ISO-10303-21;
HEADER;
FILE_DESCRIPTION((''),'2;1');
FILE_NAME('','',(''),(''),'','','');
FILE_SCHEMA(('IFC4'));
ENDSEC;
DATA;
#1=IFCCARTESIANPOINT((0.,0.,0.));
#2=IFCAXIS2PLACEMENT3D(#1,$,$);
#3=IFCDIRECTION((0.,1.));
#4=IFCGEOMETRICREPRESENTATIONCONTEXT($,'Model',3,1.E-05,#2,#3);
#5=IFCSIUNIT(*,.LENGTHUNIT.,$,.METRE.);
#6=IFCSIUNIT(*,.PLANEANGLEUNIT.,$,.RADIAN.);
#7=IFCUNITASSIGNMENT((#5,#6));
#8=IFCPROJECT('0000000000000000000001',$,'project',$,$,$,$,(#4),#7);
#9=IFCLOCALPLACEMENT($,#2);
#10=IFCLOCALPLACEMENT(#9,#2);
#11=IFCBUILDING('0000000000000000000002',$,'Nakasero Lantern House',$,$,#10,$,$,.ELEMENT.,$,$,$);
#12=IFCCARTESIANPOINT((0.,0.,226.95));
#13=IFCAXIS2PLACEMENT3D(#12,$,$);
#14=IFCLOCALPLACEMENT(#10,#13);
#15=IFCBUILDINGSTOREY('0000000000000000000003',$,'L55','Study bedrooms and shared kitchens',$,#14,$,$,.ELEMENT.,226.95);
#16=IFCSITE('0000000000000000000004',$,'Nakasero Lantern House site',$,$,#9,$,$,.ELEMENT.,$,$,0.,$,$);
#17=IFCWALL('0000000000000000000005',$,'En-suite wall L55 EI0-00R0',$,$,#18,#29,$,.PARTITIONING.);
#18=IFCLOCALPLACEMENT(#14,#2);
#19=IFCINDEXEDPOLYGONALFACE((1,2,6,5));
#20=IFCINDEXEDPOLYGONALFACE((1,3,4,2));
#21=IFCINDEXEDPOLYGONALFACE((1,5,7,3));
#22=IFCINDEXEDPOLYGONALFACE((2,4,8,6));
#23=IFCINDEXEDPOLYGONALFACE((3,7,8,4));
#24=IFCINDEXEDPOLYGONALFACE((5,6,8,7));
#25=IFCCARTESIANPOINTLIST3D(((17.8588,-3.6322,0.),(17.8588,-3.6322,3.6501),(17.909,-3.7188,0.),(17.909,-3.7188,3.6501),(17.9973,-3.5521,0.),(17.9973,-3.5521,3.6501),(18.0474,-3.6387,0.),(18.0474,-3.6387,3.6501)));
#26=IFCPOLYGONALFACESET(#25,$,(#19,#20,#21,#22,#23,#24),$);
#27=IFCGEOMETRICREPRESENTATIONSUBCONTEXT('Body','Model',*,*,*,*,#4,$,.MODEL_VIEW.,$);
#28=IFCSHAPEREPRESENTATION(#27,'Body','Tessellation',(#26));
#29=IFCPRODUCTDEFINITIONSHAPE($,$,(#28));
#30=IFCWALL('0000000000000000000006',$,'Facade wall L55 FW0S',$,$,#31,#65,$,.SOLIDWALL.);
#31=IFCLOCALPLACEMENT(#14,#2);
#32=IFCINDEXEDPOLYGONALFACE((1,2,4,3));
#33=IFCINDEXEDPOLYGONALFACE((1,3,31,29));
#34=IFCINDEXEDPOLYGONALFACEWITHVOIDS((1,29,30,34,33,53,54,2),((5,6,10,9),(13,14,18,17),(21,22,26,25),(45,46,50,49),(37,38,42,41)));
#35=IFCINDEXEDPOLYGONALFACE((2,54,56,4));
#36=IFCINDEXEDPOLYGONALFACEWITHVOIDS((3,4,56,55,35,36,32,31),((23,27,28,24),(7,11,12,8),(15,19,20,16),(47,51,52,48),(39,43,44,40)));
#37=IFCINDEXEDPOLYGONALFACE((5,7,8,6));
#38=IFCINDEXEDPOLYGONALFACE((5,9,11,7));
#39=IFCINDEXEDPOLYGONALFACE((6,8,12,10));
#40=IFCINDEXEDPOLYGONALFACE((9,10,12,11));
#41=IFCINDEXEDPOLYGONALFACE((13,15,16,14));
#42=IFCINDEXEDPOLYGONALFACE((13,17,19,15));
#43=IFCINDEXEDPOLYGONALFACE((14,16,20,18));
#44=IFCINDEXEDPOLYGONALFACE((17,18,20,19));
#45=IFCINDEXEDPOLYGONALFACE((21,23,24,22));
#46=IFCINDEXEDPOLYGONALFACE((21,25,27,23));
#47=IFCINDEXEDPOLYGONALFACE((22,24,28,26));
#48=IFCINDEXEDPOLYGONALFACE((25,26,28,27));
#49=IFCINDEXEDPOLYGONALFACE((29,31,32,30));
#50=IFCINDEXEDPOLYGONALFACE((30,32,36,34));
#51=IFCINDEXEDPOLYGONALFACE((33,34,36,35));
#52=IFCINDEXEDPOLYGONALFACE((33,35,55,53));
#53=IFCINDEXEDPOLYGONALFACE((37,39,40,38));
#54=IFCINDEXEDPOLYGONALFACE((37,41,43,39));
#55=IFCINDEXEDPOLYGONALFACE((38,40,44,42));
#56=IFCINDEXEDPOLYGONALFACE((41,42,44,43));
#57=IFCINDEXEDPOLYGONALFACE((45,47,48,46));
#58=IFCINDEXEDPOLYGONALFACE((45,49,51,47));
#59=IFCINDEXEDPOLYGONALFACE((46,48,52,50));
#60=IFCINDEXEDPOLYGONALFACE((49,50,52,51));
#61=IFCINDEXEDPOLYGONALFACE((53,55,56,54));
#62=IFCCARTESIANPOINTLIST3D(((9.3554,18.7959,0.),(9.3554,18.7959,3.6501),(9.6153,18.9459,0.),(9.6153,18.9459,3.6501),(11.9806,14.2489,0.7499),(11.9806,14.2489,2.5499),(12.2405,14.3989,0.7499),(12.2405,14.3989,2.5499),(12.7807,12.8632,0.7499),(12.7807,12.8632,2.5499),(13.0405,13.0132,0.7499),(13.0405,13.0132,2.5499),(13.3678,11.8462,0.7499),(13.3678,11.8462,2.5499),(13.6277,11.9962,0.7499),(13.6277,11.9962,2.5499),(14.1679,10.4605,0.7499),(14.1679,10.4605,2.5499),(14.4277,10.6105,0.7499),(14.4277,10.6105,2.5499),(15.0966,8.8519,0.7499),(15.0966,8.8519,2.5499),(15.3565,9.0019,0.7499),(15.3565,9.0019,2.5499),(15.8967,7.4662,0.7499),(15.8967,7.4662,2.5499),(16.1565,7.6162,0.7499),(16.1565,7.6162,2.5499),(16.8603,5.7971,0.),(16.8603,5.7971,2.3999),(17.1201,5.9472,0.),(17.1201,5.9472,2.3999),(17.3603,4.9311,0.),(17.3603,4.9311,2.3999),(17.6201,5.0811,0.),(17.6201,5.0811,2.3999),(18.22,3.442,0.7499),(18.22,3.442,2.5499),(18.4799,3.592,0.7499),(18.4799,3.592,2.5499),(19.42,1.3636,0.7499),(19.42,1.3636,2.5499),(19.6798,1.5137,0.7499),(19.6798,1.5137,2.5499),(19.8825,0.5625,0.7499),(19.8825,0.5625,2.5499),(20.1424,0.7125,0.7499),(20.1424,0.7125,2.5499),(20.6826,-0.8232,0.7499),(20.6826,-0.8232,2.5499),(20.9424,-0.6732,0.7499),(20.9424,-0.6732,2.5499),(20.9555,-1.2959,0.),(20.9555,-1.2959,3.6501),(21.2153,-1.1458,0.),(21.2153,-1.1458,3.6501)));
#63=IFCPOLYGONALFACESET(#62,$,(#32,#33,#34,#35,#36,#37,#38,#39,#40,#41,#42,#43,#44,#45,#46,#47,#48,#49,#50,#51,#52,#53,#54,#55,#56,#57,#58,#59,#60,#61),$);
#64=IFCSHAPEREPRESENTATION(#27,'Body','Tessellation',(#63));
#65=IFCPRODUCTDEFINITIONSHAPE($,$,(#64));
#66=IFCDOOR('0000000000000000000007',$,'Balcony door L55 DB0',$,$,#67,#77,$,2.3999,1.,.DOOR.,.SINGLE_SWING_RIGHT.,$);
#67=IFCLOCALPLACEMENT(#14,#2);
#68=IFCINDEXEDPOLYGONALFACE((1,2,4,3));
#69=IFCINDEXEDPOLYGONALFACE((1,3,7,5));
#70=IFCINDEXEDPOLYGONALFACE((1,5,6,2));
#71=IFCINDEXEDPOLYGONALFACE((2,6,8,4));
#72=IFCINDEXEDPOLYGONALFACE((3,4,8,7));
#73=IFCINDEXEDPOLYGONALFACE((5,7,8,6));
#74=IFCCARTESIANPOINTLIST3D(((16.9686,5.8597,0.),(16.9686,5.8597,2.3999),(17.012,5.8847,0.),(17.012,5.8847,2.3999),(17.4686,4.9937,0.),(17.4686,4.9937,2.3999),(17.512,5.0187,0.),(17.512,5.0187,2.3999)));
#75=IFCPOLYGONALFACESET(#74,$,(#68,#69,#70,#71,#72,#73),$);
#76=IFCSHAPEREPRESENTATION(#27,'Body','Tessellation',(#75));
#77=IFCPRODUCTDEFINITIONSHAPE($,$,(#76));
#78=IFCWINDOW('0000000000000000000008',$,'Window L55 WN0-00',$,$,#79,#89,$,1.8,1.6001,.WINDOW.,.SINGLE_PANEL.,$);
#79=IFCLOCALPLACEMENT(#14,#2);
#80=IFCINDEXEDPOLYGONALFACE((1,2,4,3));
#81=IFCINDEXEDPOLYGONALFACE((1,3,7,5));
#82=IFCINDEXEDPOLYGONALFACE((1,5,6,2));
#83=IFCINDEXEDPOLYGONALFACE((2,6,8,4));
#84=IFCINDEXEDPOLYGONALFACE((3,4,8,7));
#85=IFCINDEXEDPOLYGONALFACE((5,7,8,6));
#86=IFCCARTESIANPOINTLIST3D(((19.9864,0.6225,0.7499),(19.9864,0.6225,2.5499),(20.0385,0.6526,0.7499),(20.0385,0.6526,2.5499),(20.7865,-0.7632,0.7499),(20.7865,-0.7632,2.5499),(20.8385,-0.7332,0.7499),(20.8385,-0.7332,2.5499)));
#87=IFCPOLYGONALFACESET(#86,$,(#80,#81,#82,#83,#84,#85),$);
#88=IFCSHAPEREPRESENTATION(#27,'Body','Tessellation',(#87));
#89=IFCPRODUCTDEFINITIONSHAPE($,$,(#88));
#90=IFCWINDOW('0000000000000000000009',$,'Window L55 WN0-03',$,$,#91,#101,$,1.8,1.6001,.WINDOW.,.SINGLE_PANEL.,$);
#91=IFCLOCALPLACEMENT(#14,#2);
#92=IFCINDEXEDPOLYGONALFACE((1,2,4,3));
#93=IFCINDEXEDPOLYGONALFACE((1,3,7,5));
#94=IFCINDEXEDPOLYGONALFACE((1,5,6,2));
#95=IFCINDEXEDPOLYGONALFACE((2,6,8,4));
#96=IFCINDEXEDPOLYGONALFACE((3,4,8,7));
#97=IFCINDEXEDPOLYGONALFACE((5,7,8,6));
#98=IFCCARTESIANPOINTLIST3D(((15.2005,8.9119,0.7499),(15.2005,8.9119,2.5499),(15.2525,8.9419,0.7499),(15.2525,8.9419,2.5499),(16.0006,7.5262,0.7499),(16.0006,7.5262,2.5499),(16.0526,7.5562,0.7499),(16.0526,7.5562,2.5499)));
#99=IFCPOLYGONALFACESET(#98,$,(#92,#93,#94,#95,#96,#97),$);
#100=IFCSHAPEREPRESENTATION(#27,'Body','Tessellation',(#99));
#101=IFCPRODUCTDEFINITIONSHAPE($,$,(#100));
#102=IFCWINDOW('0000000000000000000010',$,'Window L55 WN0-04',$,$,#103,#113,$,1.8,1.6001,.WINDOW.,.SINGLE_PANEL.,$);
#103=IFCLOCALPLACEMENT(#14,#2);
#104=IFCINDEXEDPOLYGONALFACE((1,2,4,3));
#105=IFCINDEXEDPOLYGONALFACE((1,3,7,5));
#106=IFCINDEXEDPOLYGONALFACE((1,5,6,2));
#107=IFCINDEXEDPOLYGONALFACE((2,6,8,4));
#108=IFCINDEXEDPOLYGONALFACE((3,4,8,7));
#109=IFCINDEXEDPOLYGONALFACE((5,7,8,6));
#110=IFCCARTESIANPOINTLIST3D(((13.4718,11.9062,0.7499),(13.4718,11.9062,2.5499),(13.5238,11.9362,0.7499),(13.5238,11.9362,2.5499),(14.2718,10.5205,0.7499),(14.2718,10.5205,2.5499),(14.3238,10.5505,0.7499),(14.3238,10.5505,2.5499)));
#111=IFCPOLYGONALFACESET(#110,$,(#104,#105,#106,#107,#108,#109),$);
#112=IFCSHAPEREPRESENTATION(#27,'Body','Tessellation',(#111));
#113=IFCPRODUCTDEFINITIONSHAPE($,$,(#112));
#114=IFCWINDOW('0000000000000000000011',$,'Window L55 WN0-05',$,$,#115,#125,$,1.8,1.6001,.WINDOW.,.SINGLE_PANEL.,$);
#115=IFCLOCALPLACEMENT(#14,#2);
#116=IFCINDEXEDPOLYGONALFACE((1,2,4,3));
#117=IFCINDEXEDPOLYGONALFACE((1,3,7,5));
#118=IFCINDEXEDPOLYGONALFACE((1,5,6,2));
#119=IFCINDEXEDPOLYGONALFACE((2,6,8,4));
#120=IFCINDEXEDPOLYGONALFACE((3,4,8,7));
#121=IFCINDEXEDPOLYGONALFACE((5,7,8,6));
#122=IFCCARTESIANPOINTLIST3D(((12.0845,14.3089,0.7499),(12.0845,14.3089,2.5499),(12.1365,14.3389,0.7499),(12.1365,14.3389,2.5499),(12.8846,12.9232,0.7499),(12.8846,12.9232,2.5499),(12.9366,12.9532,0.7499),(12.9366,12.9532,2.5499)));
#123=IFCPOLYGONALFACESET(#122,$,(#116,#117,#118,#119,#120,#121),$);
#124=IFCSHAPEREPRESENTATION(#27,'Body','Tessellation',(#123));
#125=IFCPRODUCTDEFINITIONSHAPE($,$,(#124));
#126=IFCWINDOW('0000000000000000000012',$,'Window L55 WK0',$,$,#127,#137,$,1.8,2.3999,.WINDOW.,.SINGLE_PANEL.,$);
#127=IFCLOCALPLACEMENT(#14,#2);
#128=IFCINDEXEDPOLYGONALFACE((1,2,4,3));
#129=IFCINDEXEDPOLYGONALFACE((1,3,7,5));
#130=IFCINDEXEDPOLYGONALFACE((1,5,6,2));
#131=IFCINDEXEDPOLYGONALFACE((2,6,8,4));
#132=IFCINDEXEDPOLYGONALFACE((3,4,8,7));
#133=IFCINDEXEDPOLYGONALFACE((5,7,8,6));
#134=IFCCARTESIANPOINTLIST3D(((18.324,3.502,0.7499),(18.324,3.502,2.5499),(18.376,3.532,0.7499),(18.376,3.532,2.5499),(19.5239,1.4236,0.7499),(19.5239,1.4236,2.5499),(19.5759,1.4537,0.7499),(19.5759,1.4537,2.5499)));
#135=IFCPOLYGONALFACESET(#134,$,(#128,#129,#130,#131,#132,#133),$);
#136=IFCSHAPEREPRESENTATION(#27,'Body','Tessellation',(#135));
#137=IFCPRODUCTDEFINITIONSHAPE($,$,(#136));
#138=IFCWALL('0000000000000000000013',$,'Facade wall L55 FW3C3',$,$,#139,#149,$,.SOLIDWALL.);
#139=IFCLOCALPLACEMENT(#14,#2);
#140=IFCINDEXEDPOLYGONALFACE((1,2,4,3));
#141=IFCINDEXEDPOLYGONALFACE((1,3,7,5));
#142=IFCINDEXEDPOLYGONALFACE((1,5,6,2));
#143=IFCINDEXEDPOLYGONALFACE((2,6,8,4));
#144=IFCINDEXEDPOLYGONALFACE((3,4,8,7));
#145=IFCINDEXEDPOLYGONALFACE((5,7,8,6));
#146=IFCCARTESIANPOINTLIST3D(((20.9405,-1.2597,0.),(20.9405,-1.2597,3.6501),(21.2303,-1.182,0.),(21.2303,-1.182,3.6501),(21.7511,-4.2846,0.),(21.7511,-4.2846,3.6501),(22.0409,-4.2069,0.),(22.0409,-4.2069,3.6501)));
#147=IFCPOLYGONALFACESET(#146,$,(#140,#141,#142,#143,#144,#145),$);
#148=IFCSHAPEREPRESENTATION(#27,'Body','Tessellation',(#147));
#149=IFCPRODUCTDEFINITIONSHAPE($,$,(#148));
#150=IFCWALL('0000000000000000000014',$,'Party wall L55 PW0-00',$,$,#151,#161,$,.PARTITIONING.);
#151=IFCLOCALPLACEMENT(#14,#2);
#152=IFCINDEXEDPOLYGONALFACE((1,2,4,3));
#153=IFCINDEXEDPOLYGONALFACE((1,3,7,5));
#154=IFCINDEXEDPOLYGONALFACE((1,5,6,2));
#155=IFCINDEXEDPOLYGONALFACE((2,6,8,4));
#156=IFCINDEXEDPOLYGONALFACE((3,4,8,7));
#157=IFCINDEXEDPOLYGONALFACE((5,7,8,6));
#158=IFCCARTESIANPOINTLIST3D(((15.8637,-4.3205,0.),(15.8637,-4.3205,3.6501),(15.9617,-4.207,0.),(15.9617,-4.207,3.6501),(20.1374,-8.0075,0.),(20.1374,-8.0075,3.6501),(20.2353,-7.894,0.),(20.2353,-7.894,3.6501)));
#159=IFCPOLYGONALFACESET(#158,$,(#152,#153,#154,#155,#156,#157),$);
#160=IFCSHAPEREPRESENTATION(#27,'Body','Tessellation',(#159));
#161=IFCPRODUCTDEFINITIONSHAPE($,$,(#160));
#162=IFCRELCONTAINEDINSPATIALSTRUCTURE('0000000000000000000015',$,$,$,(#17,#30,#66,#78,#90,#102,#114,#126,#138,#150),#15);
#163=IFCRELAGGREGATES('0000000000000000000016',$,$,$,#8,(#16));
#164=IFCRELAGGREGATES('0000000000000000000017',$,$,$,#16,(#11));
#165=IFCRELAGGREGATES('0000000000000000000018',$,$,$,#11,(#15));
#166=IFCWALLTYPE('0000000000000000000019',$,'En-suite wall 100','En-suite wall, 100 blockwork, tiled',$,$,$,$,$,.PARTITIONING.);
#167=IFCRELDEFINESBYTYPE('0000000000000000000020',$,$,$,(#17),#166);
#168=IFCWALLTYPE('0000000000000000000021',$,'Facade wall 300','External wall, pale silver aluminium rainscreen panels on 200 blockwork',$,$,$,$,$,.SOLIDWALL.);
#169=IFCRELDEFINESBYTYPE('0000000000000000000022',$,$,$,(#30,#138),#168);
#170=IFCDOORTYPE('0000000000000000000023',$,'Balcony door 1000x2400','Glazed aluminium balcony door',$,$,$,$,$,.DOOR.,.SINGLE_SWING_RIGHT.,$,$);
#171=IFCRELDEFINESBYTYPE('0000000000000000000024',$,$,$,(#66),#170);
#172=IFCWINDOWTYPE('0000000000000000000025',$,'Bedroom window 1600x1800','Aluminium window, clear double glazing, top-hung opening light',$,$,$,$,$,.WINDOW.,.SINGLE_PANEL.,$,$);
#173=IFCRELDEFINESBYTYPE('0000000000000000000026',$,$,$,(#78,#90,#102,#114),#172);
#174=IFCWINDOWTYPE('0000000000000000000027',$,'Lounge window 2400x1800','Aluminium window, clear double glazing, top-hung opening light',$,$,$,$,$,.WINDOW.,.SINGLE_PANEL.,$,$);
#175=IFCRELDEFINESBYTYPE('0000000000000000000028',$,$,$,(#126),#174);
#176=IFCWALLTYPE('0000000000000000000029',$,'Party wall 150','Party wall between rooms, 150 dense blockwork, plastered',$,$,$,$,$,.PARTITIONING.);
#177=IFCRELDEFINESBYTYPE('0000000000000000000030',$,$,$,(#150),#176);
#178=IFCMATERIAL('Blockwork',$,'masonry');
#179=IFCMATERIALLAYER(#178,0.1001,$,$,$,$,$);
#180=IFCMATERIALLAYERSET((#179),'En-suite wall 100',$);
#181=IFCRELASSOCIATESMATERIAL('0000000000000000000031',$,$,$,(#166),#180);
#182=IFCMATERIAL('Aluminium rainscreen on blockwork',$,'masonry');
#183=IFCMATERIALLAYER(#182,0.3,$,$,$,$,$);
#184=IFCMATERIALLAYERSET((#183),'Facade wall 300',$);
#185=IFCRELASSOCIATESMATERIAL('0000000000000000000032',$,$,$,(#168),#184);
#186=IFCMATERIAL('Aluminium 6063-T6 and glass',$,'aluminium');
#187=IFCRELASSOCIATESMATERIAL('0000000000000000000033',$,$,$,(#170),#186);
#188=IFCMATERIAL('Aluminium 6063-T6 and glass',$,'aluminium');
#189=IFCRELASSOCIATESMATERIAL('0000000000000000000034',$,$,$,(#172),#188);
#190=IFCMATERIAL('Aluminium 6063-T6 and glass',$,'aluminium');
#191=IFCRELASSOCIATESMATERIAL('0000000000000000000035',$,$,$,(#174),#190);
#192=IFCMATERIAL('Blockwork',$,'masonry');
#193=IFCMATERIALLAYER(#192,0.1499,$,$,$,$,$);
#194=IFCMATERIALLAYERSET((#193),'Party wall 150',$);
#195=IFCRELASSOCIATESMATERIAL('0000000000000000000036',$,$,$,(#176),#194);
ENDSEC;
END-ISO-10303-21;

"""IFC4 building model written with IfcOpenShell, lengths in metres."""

from ifc_helpers import new_model, si_unit, direction, frame, frame_2d, origin, place, context, subcontext, project, spatial, rectangle, extrude, material, layer, layer_set, type_object, element, fill, save


model = new_model("IFC4")

# Units and contexts
model_context = context("Model", 3, precision=1e-05, world=origin(), true_north=direction((0.0, 1.0)))
body_context = subcontext(model_context, "Body", "Model", "MODEL_VIEW")
ifc_project = project(units=[si_unit("LENGTHUNIT", "METRE"), si_unit("PLANEANGLEUNIT", "RADIAN")], contexts=[model_context])

# Site, building, storey
site_placement = place(None, origin())
site = spatial("IfcSite", under=ifc_project, at=site_placement, Name="Nakasero Lantern House site", CompositionType="ELEMENT", RefElevation=0.0)
building_placement = place(site_placement, origin())
building = spatial("IfcBuilding", under=site, at=building_placement, Name="Nakasero Lantern House", CompositionType="ELEMENT")
storey_placement = place(building_placement, frame((0.0, 0.0, 226.95)))
storey = spatial("IfcBuildingStorey", under=building, at=storey_placement, Name="L55", Description="Study bedrooms and shared kitchens", CompositionType="ELEMENT", Elevation=226.95)

# Shared definitions
ifc_material_1 = material(Name="Blockwork", Category="masonry")
ifc_layer_1 = layer(ifc_material_1, 0.1001)
ifc_layer_set_1 = layer_set([ifc_layer_1], Name="En-suite wall 100")
wall_type_1 = type_object("IfcWallType", Name="En-suite wall 100", Description="En-suite wall, 100 blockwork, tiled", PredefinedType="PARTITIONING", material=ifc_layer_set_1)

# Wall
wall_1_placement = place(storey_placement, frame((17.8838, -3.6755, 0.0), z_axis=(0.0, 0.0, 1.0), x_axis=(0.8656, 0.500735, 0.0)))
element("IfcWall", 1, at=wall_1_placement, inside=storey, type_object=wall_type_1, Name="En-suite wall L55 EI0-00R0", PredefinedType="PARTITIONING", context=body_context, shape_type="SweptSolid", body=[
    extrude(rectangle(XDim=0.1599, YDim=0.1001, at=frame_2d((0.0801, 0.0))), origin(), (0.0, 0.0, 1.0), 3.6501),
])

# Wall, openings, door, windows
ifc_material_2 = material(Name="Aluminium rainscreen on blockwork", Category="masonry")
ifc_layer_2 = layer(ifc_material_2, 0.3)
ifc_layer_set_2 = layer_set([ifc_layer_2], Name="Facade wall 300")
wall_type_2 = type_object("IfcWallType", Name="Facade wall 300", Description="External wall, pale silver aluminium rainscreen panels on 200 blockwork", PredefinedType="SOLIDWALL", material=ifc_layer_set_2)
wall_2_placement = place(storey_placement, frame((21.0854, -1.2209, 0.0), z_axis=(0.0, 0.0, 1.0), x_axis=(-0.500003, 0.866024, 0.0)))
wall_2 = element("IfcWall", 2, at=wall_2_placement, inside=storey, type_object=wall_type_2, Name="Facade wall L55 FW0S", PredefinedType="SOLIDWALL", context=body_context, shape_type="SweptSolid", body=[
    extrude(rectangle(XDim=23.2, YDim=0.3, at=frame_2d((11.6001, 0.0))), origin(), (0.0, 0.0, 1.0), 3.6501),
])
opening_1_placement = place(wall_2_placement, frame((0.5459, 0.0, 0.75)))
opening_1 = element("IfcOpeningElement", 3, at=opening_1_placement, cuts=wall_2, PredefinedType="OPENING", context=body_context, shape_type="SweptSolid", body=[
    extrude(rectangle(XDim=1.6001, YDim=1.8, at=frame_2d((0.8, 0.8999))), frame((0.0, 0.1699, 0.0), z_axis=(0.0, -1.0, 0.0), x_axis=(1.0, 0.0, 0.0)), (0.0, 0.0, 1.0), 0.3401),
])
opening_2_placement = place(wall_2_placement, frame((10.1177, 0.0, 0.75)))
opening_2 = element("IfcOpeningElement", 4, at=opening_2_placement, cuts=wall_2, PredefinedType="OPENING", context=body_context, shape_type="SweptSolid", body=[
    extrude(rectangle(XDim=1.6001, YDim=1.8, at=frame_2d((0.8, 0.8999))), frame((0.0, 0.1699, 0.0), z_axis=(0.0, -1.0, 0.0), x_axis=(1.0, 0.0, 0.0)), (0.0, 0.0, 1.0), 0.3401),
])
opening_3_placement = place(wall_2_placement, frame((13.5752, 0.0, 0.75)))
opening_3 = element("IfcOpeningElement", 5, at=opening_3_placement, cuts=wall_2, PredefinedType="OPENING", context=body_context, shape_type="SweptSolid", body=[
    extrude(rectangle(XDim=1.6001, YDim=1.8, at=frame_2d((0.8, 0.8999))), frame((0.0, 0.1699, 0.0), z_axis=(0.0, -1.0, 0.0), x_axis=(1.0, 0.0, 0.0)), (0.0, 0.0, 1.0), 0.3401),
])
opening_4_placement = place(wall_2_placement, frame((16.3496, 0.0, 0.75)))
opening_4 = element("IfcOpeningElement", 6, at=opening_4_placement, cuts=wall_2, PredefinedType="OPENING", context=body_context, shape_type="SweptSolid", body=[
    extrude(rectangle(XDim=1.6001, YDim=1.8, at=frame_2d((0.8, 0.8999))), frame((0.0, 0.1699, 0.0), z_axis=(0.0, -1.0, 0.0), x_axis=(1.0, 0.0, 0.0)), (0.0, 0.0, 1.0), 0.3401),
])
opening_5_placement = place(wall_2_placement, frame((3.071, 0.0, 0.75)))
opening_5 = element("IfcOpeningElement", 7, at=opening_5_placement, cuts=wall_2, PredefinedType="OPENING", context=body_context, shape_type="SweptSolid", body=[
    extrude(rectangle(XDim=2.3999, YDim=1.8, at=frame_2d((1.2, 0.8999))), frame((0.0, 0.1699, 0.0), z_axis=(0.0, -1.0, 0.0), x_axis=(1.0, 0.0, 0.0)), (0.0, 0.0, 1.0), 0.3401),
])
opening_6_placement = place(wall_2_placement, frame((7.1904, 0.0, 0.0)))
opening_6 = element("IfcOpeningElement", 8, at=opening_6_placement, cuts=wall_2, PredefinedType="OPENING", context=body_context, shape_type="SweptSolid", body=[
    extrude(rectangle(XDim=1.0, YDim=2.3999, at=frame_2d((0.5, 1.2))), frame((0.0, 0.1699, 0.0), z_axis=(0.0, -1.0, 0.0), x_axis=(1.0, 0.0, 0.0)), (0.0, 0.0, 1.0), 0.3401),
])
ifc_material_3 = material(Name="Aluminium 6063-T6 and glass", Category="aluminium")
door_type_1 = type_object("IfcDoorType", Name="Balcony door 1000x2400", Description="Glazed aluminium balcony door", OperationType="SINGLE_SWING_RIGHT", PredefinedType="DOOR", material=ifc_material_3)
door_1_placement = place(opening_6_placement, origin())
door_1 = element("IfcDoor", 9, at=door_1_placement, inside=storey, type_object=door_type_1, Name="Balcony door L55 DB0", OperationType="SINGLE_SWING_RIGHT", OverallHeight=2.3999, OverallWidth=1.0, PredefinedType="DOOR", context=body_context, shape_type="SweptSolid", body=[
    extrude(rectangle(XDim=1.0, YDim=2.3999, at=frame_2d((0.5, 1.2))), frame((0.0, 0.0249, 0.0), z_axis=(0.0, -1.0, 0.0), x_axis=(1.0, 0.0, 0.0)), (0.0, 0.0, 1.0), 0.05),
])
fill(opening_6, door_1)
ifc_material_4 = material(Name="Aluminium 6063-T6 and glass", Category="aluminium")
window_type_1 = type_object("IfcWindowType", Name="Bedroom window 1600x1800", Description="Aluminium window, clear double glazing, top-hung opening light", PartitioningType="SINGLE_PANEL", PredefinedType="WINDOW", material=ifc_material_4)
window_1_placement = place(opening_1_placement, origin())
window_1 = element("IfcWindow", 10, at=window_1_placement, inside=storey, type_object=window_type_1, Name="Window L55 WN0-00", OverallHeight=1.8, OverallWidth=1.6001, PartitioningType="SINGLE_PANEL", PredefinedType="WINDOW", context=body_context, shape_type="SweptSolid", body=[
    extrude(rectangle(XDim=1.6001, YDim=1.8, at=frame_2d((0.8, 0.8999))), frame((0.0, 0.03, 0.0), z_axis=(0.0, -1.0, 0.0), x_axis=(1.0, 0.0, 0.0)), (0.0, 0.0, 1.0), 0.0601),
])
fill(opening_1, window_1)
window_2_placement = place(opening_2_placement, origin())
window_2 = element("IfcWindow", 11, at=window_2_placement, inside=storey, type_object=window_type_1, Name="Window L55 WN0-03", OverallHeight=1.8, OverallWidth=1.6001, PartitioningType="SINGLE_PANEL", PredefinedType="WINDOW", context=body_context, shape_type="SweptSolid", body=[
    extrude(rectangle(XDim=1.6001, YDim=1.8, at=frame_2d((0.8, 0.8999))), frame((0.0, 0.03, 0.0), z_axis=(0.0, -1.0, 0.0), x_axis=(1.0, 0.0, 0.0)), (0.0, 0.0, 1.0), 0.0601),
])
fill(opening_2, window_2)
window_3_placement = place(opening_3_placement, origin())
window_3 = element("IfcWindow", 12, at=window_3_placement, inside=storey, type_object=window_type_1, Name="Window L55 WN0-04", OverallHeight=1.8, OverallWidth=1.6001, PartitioningType="SINGLE_PANEL", PredefinedType="WINDOW", context=body_context, shape_type="SweptSolid", body=[
    extrude(rectangle(XDim=1.6001, YDim=1.8, at=frame_2d((0.8, 0.8999))), frame((0.0, 0.03, 0.0), z_axis=(0.0, -1.0, 0.0), x_axis=(1.0, 0.0, 0.0)), (0.0, 0.0, 1.0), 0.0601),
])
fill(opening_3, window_3)
window_4_placement = place(opening_4_placement, origin())
window_4 = element("IfcWindow", 13, at=window_4_placement, inside=storey, type_object=window_type_1, Name="Window L55 WN0-05", OverallHeight=1.8, OverallWidth=1.6001, PartitioningType="SINGLE_PANEL", PredefinedType="WINDOW", context=body_context, shape_type="SweptSolid", body=[
    extrude(rectangle(XDim=1.6001, YDim=1.8, at=frame_2d((0.8, 0.8999))), frame((0.0, 0.03, 0.0), z_axis=(0.0, -1.0, 0.0), x_axis=(1.0, 0.0, 0.0)), (0.0, 0.0, 1.0), 0.0601),
])
fill(opening_4, window_4)
ifc_material_5 = material(Name="Aluminium 6063-T6 and glass", Category="aluminium")
window_type_2 = type_object("IfcWindowType", Name="Lounge window 2400x1800", Description="Aluminium window, clear double glazing, top-hung opening light", PartitioningType="SINGLE_PANEL", PredefinedType="WINDOW", material=ifc_material_5)
window_5_placement = place(opening_5_placement, origin())
window_5 = element("IfcWindow", 14, at=window_5_placement, inside=storey, type_object=window_type_2, Name="Window L55 WK0", OverallHeight=1.8, OverallWidth=2.3999, PartitioningType="SINGLE_PANEL", PredefinedType="WINDOW", context=body_context, shape_type="SweptSolid", body=[
    extrude(rectangle(XDim=2.3999, YDim=1.8, at=frame_2d((1.2, 0.8999))), frame((0.0, 0.03, 0.0), z_axis=(0.0, -1.0, 0.0), x_axis=(1.0, 0.0, 0.0)), (0.0, 0.0, 1.0), 0.0601),
])
fill(opening_5, window_5)

# Walls
wall_3_placement = place(storey_placement, frame((21.896, -4.2458, 0.0), z_axis=(0.0, 0.0, 1.0), x_axis=(-0.258827, 0.965924, 0.0)))
element("IfcWall", 15, at=wall_3_placement, inside=storey, type_object=wall_type_2, Name="Facade wall L55 FW3C3", PredefinedType="SOLIDWALL", context=body_context, shape_type="SweptSolid", body=[
    extrude(rectangle(XDim=3.1316, YDim=0.3, at=frame_2d((1.5659, 0.0))), origin(), (0.0, 0.0, 1.0), 3.6501),
])
ifc_material_6 = material(Name="Blockwork", Category="masonry")
ifc_layer_3 = layer(ifc_material_6, 0.1499)
ifc_layer_set_3 = layer_set([ifc_layer_3], Name="Party wall 150")
wall_type_3 = type_object("IfcWallType", Name="Party wall 150", Description="Party wall between rooms, 150 dense blockwork, plastered", PredefinedType="PARTITIONING", material=ifc_layer_set_3)
wall_4_placement = place(storey_placement, frame((15.9126, -4.2637, 0.0), z_axis=(0.0, 0.0, 1.0), x_axis=(0.757164, -0.653225, 0.0)))
element("IfcWall", 16, at=wall_4_placement, inside=storey, type_object=wall_type_3, Name="Party wall L55 PW0-00", PredefinedType="PARTITIONING", context=body_context, shape_type="SweptSolid", body=[
    extrude(rectangle(XDim=5.6443, YDim=0.1499, at=frame_2d((2.8223, 0.0))), origin(), (0.0, 0.0, 1.0), 3.6501),
])

save(model, "model.ifc")
